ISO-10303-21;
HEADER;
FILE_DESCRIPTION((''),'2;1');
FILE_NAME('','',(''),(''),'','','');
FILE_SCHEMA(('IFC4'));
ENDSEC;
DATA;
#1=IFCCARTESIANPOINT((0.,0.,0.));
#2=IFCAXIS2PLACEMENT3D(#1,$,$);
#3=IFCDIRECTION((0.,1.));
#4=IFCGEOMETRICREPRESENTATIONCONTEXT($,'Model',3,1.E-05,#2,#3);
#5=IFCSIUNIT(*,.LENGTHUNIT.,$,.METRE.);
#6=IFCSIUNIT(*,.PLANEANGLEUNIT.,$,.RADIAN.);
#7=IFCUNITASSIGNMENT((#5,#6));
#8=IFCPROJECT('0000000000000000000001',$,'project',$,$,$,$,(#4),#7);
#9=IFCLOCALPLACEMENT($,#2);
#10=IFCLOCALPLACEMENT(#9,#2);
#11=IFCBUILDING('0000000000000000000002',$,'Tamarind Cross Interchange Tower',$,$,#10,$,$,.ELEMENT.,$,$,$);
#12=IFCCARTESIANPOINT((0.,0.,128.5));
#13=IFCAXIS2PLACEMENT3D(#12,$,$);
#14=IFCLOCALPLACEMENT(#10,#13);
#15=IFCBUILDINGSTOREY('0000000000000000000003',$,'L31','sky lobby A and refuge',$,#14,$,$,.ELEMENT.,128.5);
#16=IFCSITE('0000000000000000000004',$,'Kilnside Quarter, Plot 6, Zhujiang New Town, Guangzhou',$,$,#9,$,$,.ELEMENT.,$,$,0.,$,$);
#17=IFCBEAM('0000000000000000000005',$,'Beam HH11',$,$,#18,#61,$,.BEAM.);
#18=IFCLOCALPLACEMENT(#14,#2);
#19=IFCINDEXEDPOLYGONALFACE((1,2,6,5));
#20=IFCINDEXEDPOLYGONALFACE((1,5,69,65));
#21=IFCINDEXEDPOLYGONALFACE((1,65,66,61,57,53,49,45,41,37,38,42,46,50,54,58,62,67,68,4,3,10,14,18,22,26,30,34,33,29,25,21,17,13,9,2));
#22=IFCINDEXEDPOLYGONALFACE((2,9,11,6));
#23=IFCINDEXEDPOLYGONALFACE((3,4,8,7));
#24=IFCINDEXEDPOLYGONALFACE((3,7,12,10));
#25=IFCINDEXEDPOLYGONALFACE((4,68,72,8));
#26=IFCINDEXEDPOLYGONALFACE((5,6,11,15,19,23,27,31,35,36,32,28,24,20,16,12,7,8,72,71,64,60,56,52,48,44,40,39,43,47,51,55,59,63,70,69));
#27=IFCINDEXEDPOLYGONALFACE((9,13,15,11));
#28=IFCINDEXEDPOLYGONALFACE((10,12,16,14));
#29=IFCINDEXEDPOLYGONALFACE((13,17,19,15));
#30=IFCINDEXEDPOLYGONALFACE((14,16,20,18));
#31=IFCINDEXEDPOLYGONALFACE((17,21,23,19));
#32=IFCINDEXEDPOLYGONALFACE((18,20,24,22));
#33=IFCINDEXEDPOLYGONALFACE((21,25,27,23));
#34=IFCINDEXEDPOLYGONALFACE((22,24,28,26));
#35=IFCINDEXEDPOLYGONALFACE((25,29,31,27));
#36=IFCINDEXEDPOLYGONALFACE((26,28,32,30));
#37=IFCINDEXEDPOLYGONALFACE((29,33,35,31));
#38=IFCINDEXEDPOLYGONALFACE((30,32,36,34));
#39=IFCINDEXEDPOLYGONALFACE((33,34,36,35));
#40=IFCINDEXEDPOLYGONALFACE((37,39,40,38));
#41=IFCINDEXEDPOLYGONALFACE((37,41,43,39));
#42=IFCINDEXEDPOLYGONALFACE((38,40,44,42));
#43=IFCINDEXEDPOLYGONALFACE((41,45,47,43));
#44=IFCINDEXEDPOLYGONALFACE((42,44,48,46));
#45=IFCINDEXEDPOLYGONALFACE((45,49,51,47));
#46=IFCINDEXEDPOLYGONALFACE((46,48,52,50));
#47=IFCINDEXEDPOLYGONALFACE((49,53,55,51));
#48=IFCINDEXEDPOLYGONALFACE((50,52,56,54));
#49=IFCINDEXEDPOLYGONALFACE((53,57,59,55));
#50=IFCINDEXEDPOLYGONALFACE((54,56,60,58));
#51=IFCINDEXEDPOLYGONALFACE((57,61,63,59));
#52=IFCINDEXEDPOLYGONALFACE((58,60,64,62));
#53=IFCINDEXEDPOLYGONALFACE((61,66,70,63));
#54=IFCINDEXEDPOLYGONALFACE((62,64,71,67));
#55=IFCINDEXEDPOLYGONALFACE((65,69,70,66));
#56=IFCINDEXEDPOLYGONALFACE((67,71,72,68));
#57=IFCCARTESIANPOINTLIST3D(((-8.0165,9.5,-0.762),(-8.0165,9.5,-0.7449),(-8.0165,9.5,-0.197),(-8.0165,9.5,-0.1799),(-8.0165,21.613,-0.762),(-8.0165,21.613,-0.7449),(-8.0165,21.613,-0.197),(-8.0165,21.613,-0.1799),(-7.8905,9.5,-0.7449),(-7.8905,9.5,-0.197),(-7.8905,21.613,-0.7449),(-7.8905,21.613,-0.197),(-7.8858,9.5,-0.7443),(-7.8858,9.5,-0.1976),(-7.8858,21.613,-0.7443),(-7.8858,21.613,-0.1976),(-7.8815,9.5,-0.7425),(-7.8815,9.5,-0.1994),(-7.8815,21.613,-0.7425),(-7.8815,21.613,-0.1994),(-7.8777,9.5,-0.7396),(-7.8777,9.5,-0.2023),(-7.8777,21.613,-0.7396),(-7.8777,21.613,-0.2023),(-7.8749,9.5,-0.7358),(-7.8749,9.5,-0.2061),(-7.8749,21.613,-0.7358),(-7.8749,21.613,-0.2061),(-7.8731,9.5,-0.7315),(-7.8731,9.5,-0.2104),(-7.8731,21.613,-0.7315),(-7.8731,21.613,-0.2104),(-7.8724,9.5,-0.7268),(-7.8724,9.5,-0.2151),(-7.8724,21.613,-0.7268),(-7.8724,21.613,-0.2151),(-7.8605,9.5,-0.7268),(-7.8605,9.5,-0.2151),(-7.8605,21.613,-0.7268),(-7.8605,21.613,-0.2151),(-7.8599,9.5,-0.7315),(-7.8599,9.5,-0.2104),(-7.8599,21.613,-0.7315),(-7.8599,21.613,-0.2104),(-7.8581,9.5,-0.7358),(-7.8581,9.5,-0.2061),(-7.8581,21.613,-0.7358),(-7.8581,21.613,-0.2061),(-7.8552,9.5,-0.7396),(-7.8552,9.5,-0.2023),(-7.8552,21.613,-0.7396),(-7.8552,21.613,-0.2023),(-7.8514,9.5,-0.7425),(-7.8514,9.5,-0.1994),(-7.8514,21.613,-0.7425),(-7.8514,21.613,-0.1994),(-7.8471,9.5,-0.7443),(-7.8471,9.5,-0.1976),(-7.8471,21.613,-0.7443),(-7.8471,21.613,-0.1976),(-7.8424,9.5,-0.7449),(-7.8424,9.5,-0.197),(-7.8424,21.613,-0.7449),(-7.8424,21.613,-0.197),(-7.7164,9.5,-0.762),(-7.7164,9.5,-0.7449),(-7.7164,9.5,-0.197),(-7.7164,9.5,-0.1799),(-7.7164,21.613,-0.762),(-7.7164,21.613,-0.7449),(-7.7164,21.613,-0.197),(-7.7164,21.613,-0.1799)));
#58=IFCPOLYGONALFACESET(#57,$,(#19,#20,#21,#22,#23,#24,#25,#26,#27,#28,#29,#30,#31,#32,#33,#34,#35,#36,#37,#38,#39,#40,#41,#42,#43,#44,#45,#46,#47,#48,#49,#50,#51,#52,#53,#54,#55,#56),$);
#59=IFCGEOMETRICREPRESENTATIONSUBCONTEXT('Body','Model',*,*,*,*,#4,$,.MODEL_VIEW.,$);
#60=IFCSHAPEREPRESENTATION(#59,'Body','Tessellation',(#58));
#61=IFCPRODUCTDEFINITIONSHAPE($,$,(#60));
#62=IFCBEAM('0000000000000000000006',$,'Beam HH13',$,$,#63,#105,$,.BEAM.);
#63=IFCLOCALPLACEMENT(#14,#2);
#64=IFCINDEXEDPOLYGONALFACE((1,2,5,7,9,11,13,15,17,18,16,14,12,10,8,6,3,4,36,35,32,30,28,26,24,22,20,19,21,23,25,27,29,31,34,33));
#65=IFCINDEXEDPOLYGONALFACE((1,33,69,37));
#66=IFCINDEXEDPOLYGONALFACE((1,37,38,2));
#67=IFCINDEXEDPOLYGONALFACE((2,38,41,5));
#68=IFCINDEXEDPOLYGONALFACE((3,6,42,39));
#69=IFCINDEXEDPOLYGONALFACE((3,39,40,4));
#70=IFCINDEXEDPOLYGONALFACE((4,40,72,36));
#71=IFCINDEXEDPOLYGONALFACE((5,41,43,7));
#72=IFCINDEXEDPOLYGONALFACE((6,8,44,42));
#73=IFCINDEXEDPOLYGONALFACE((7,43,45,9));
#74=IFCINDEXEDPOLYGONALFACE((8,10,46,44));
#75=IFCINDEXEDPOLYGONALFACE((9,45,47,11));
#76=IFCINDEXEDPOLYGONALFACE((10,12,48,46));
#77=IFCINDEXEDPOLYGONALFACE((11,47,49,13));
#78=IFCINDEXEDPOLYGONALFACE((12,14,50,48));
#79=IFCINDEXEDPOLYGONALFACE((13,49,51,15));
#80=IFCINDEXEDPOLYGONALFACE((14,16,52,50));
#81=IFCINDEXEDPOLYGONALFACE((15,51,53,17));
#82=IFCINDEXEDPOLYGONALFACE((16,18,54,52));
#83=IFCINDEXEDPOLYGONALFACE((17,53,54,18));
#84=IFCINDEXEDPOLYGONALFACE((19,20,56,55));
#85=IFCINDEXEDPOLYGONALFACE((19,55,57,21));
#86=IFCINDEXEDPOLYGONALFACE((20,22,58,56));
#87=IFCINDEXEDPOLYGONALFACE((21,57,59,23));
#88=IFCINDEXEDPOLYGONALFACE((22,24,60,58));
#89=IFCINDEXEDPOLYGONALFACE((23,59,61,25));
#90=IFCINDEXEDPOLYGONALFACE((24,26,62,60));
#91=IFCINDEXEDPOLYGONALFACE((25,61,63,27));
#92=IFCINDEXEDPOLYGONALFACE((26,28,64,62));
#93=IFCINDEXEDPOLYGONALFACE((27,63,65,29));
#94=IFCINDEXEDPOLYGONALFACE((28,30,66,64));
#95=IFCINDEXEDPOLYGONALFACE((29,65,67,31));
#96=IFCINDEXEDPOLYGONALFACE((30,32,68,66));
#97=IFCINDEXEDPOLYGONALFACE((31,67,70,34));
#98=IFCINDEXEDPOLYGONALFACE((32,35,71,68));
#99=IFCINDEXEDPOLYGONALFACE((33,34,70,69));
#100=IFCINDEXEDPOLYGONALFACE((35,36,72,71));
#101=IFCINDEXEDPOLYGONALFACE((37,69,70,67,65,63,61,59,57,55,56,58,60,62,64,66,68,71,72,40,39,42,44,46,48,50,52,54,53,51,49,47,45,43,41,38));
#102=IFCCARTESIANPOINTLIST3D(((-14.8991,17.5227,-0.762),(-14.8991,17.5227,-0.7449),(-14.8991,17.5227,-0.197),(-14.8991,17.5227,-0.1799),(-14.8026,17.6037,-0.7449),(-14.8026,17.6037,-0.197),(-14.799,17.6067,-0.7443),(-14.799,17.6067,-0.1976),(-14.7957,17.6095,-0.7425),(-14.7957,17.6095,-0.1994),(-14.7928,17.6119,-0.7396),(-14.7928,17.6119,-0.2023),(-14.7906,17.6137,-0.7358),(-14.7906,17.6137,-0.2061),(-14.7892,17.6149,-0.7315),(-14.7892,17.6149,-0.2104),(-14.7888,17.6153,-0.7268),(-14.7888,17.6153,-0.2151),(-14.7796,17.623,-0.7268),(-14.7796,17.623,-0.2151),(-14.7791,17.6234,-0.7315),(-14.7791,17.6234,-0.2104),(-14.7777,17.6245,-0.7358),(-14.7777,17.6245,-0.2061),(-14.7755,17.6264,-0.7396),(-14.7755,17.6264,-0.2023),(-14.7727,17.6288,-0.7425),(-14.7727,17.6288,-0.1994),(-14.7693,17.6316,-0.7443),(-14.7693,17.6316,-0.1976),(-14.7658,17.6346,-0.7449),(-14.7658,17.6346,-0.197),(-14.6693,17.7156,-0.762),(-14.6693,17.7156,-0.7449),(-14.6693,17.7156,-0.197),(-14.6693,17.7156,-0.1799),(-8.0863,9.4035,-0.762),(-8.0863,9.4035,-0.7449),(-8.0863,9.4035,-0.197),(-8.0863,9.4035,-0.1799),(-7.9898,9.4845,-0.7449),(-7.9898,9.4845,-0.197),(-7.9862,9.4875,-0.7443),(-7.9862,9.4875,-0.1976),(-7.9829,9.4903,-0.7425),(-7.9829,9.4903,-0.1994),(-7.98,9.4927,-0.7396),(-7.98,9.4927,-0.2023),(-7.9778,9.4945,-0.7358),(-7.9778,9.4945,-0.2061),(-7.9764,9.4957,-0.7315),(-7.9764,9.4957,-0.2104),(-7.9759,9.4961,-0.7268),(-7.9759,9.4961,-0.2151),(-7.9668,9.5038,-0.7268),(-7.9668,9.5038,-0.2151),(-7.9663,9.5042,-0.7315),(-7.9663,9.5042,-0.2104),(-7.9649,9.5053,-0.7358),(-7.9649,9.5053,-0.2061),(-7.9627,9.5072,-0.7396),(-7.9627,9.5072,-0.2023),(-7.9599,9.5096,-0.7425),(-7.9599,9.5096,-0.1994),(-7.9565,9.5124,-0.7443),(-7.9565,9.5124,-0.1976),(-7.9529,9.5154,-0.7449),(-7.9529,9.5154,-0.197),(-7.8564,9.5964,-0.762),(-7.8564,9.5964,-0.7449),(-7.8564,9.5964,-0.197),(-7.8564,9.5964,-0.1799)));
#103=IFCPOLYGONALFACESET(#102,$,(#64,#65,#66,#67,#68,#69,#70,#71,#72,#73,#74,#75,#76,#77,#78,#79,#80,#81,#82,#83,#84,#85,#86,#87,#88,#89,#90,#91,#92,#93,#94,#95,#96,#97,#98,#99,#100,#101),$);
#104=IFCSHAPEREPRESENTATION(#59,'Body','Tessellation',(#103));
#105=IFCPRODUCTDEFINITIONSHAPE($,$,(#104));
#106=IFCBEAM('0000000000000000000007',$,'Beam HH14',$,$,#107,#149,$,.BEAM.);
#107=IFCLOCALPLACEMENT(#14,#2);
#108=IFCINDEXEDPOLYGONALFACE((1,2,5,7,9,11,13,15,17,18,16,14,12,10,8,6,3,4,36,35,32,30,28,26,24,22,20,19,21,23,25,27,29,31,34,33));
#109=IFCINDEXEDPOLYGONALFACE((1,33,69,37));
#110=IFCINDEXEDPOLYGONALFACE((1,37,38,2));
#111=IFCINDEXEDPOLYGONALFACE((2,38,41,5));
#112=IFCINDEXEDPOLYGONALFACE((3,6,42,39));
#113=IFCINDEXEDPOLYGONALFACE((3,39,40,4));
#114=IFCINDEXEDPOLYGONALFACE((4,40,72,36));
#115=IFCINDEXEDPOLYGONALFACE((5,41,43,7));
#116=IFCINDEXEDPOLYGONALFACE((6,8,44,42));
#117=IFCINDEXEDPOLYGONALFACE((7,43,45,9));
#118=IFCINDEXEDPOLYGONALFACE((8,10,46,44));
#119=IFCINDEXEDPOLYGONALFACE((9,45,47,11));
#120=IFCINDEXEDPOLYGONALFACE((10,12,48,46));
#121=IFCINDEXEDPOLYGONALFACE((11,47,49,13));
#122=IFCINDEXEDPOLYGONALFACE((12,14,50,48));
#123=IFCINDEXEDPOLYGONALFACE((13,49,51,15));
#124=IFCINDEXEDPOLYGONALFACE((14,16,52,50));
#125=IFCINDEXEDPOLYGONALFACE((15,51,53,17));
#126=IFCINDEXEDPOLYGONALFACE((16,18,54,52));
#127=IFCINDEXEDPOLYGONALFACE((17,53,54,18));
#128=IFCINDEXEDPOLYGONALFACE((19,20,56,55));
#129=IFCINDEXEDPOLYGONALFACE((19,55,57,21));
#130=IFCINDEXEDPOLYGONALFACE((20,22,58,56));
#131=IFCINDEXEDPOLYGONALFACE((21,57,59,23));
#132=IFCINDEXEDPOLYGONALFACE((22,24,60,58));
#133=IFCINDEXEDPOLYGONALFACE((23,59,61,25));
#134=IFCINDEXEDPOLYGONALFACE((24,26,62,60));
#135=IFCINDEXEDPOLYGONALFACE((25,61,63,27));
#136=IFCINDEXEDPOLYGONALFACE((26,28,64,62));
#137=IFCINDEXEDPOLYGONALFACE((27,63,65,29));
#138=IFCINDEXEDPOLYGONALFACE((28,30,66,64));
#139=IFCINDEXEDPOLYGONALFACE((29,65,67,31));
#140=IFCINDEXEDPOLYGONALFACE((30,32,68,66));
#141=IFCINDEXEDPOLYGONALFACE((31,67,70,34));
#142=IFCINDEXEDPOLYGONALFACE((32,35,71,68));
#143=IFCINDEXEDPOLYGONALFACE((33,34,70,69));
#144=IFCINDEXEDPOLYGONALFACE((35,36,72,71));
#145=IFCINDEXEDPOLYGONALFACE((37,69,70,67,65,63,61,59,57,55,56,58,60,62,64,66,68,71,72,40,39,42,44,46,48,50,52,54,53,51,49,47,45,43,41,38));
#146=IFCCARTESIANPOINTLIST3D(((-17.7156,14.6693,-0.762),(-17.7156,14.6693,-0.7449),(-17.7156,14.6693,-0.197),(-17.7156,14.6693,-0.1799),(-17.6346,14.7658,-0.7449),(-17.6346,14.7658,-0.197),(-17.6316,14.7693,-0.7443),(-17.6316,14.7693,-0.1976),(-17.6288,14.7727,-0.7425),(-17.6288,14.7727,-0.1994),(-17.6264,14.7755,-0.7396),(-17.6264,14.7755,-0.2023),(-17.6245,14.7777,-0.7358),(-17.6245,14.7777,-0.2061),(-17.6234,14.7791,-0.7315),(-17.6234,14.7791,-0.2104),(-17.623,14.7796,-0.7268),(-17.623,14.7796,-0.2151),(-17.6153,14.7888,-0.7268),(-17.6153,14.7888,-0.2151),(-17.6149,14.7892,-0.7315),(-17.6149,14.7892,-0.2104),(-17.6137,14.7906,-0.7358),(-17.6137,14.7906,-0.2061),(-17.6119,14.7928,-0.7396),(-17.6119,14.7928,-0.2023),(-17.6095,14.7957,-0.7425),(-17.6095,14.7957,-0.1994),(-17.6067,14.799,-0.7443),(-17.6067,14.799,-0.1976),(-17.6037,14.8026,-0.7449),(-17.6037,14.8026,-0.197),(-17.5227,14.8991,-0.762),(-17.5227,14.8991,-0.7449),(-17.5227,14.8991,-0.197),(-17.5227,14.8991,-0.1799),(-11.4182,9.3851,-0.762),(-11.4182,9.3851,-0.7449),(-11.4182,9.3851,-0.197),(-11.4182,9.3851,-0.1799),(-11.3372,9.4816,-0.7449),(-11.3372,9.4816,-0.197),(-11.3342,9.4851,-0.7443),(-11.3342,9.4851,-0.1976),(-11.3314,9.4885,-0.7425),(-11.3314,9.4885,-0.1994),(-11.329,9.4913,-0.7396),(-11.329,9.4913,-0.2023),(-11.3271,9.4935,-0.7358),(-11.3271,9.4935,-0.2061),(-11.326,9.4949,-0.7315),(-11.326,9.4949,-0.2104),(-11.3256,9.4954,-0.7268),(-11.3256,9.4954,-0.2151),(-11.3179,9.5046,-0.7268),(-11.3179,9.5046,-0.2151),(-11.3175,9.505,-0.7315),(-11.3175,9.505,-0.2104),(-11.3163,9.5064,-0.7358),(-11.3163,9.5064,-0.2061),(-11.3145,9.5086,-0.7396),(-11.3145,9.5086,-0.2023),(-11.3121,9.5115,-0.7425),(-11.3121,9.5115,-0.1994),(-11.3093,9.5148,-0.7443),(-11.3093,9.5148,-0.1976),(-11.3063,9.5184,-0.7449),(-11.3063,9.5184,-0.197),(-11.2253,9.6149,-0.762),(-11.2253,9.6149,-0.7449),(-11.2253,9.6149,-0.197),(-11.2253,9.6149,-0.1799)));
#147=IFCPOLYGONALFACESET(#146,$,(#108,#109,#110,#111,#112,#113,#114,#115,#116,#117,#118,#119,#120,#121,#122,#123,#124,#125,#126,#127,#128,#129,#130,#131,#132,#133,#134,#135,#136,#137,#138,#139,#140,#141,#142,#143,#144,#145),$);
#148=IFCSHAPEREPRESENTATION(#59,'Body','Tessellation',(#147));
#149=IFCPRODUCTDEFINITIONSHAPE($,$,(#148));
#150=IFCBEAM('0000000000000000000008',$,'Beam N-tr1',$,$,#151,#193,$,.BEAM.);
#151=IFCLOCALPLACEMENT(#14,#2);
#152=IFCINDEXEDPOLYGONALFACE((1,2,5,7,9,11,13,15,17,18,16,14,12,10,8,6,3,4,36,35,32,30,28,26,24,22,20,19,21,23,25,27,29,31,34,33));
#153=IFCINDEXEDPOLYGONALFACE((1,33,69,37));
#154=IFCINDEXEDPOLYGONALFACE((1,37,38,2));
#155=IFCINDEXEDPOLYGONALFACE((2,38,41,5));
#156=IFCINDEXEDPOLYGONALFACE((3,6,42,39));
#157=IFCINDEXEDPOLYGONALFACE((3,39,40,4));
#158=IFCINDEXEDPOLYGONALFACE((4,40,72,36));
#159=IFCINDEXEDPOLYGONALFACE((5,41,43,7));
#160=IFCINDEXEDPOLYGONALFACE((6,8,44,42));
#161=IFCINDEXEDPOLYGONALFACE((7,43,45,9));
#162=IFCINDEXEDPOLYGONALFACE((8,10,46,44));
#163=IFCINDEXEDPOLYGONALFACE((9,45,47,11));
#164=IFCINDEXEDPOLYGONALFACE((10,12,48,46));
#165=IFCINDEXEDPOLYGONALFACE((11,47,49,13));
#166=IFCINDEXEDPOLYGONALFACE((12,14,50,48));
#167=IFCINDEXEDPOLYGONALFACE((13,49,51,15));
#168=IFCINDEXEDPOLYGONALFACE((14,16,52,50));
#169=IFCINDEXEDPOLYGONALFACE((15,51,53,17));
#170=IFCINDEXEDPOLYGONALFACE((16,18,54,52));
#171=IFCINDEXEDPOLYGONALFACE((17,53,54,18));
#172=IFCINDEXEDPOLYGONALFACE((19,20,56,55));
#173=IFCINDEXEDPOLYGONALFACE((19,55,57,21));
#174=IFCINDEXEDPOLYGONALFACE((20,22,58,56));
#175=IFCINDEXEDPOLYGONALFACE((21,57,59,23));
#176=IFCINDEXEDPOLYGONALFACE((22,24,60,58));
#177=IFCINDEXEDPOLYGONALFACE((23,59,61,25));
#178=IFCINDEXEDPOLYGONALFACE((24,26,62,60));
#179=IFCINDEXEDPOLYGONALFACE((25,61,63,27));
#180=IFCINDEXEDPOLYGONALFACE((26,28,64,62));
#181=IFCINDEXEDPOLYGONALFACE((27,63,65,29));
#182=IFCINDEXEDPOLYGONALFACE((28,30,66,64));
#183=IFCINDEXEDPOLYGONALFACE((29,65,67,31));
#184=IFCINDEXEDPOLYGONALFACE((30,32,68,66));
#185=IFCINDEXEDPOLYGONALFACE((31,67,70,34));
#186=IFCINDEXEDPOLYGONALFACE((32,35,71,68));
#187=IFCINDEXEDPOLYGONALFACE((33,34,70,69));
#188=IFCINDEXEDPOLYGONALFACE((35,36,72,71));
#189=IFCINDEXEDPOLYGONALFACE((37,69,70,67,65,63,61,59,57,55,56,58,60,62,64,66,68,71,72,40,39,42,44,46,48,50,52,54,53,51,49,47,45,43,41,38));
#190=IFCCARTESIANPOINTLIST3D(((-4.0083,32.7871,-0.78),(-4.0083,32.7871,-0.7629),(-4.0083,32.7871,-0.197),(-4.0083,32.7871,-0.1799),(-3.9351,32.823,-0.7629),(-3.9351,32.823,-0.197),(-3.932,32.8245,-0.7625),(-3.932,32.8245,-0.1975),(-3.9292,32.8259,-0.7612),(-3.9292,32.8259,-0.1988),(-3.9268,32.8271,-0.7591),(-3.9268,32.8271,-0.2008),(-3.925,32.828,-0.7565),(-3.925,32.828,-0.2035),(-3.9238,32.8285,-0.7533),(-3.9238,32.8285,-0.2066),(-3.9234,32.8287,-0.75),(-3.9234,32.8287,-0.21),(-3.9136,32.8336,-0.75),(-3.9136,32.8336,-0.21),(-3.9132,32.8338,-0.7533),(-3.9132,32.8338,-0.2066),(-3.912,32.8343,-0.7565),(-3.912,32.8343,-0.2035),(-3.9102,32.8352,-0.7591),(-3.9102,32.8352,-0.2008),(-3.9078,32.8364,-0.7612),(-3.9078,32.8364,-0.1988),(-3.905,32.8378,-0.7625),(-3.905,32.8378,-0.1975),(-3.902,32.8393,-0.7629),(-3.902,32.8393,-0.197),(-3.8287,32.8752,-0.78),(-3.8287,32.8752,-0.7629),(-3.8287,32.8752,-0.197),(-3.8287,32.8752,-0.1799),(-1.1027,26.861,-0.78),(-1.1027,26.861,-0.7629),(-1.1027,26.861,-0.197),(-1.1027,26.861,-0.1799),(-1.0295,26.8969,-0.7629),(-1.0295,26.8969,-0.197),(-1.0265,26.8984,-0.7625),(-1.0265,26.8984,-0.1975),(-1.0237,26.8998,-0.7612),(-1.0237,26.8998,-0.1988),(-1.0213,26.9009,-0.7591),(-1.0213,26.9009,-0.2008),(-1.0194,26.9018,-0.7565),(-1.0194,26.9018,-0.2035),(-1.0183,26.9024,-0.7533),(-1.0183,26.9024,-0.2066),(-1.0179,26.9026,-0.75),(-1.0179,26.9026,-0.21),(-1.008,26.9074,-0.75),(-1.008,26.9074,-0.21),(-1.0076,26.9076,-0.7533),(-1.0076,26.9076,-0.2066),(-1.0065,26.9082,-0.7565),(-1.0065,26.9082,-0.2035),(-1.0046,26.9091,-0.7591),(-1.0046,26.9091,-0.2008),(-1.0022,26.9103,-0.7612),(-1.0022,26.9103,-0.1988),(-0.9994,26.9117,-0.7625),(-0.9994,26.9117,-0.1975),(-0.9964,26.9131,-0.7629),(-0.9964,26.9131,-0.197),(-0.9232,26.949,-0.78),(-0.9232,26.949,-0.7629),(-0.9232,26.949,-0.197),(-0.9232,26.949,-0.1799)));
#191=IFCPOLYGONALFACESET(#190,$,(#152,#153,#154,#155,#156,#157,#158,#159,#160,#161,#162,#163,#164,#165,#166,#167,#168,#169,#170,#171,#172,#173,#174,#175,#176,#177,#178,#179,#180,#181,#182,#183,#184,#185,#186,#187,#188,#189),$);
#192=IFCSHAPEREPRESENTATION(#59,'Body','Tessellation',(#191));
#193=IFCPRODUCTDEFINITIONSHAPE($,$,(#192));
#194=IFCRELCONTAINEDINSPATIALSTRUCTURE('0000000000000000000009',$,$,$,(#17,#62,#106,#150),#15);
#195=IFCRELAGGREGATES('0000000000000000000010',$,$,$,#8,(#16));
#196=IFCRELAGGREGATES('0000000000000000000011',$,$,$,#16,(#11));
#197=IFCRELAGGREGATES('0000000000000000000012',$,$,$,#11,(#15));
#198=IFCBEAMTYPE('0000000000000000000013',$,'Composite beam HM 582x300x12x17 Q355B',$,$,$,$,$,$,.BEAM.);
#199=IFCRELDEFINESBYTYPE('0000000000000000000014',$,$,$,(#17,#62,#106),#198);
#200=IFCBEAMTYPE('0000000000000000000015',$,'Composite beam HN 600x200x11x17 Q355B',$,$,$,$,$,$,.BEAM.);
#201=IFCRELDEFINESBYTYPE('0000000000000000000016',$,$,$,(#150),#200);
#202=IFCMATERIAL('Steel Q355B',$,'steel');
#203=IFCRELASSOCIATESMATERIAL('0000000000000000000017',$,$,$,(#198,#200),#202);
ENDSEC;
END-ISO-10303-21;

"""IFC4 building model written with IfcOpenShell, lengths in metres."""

from ifc_helpers import new_model, si_unit, direction, frame, origin, origin_2d, place, context, subcontext, project, spatial, i_section, extrude, material, material_profile, profile_set, type_object, element, save


model = new_model("IFC4")

# Units and contexts
model_context = context("Model", 3, precision=1e-05, world=origin(), true_north=direction((0.0, 1.0)))
body_context = subcontext(model_context, "Body", "Model", "MODEL_VIEW")
ifc_project = project(units=[si_unit("LENGTHUNIT", "METRE"), si_unit("PLANEANGLEUNIT", "RADIAN")], contexts=[model_context])

# Site, building, storey
site_placement = place(None, origin())
site = spatial("IfcSite", under=ifc_project, at=site_placement, Name="Kilnside Quarter, Plot 6, Zhujiang New Town, Guangzhou", CompositionType="ELEMENT", RefElevation=0.0)
building_placement = place(site_placement, origin())
building = spatial("IfcBuilding", under=site, at=building_placement, Name="Tamarind Cross Interchange Tower", CompositionType="ELEMENT")
storey_placement = place(building_placement, frame((0.0, 0.0, 128.5)))
storey = spatial("IfcBuildingStorey", under=building, at=storey_placement, Name="L31", Description="sky lobby A and refuge", CompositionType="ELEMENT", Elevation=128.5)

# Beams
ifc_material_1 = material(Name="Steel Q355B", Category="steel")
ifc_material_profile_1 = material_profile(ifc_material_1, i_section(OverallWidth=0.3, OverallDepth=0.582, WebThickness=0.012, FlangeThickness=0.0171, FilletRadius=0.0181, at=origin_2d()), Name="HM 582x300x12x17")
ifc_profile_set_1 = profile_set([ifc_material_profile_1], Name="Steel Q355B")
beam_type_1 = type_object("IfcBeamType", Name="Composite beam HM 582x300x12x17 Q355B", PredefinedType="BEAM", material=ifc_profile_set_1)
beam_1_placement = place(storey_placement, frame((-7.8665, 21.613, -0.4709), z_axis=(0.0, -1.0, 0.0), x_axis=(1.0, 0.0, 0.0)))
element("IfcBeam", 1, at=beam_1_placement, inside=storey, type_object=beam_type_1, Name="Beam HH11", PredefinedType="BEAM", context=body_context, shape_type="SweptSolid", body=[
    extrude(i_section(OverallWidth=0.3, OverallDepth=0.582, WebThickness=0.012, FlangeThickness=0.0171, FilletRadius=0.0181, at=origin_2d()), origin(), (0.0, 0.0, 1.0), 12.113),
])
beam_2_placement = place(storey_placement, frame((-14.7842, 17.6191, -0.4709), z_axis=(0.642786, -0.766046, 0.0), x_axis=(0.766046, 0.642786, 0.0)))
element("IfcBeam", 2, at=beam_2_placement, inside=storey, type_object=beam_type_1, Name="Beam HH13", PredefinedType="BEAM", context=body_context, shape_type="SweptSolid", body=[
    extrude(i_section(OverallWidth=0.3, OverallDepth=0.582, WebThickness=0.012, FlangeThickness=0.0171, FilletRadius=0.0181, at=origin_2d()), origin(), (0.0, 0.0, 1.0), 10.5989),
])
beam_3_placement = place(storey_placement, frame((-17.6191, 14.7842, -0.4709), z_axis=(0.766041, -0.642792, 0.0), x_axis=(0.642792, 0.766041, 0.0)))
element("IfcBeam", 3, at=beam_3_placement, inside=storey, type_object=beam_type_1, Name="Beam HH14", PredefinedType="BEAM", context=body_context, shape_type="SweptSolid", body=[
    extrude(i_section(OverallWidth=0.3, OverallDepth=0.582, WebThickness=0.012, FlangeThickness=0.0171, FilletRadius=0.0181, at=origin_2d()), origin(), (0.0, 0.0, 1.0), 8.2207),
])
ifc_material_profile_2 = material_profile(ifc_material_1, i_section(OverallWidth=0.2, OverallDepth=0.6001, WebThickness=0.011, FlangeThickness=0.0171, FilletRadius=0.0129, at=origin_2d()), Name="HN 600x200x11x17")
ifc_profile_set_2 = profile_set([ifc_material_profile_2], Name="Steel Q355B")
beam_type_2 = type_object("IfcBeamType", Name="Composite beam HN 600x200x11x17 Q355B", PredefinedType="BEAM", material=ifc_profile_set_2)
for number, where, z_axis, x_axis, name in (
    (4, (-1.0129, 26.905, -0.48), (-0.440231, 0.897885, 0.0), (-0.897885, -0.440231, 0.0), "Beam N-tr1"),
):
    element("IfcBeam", number, at=place(storey_placement, frame(where, z_axis=z_axis, x_axis=x_axis)), inside=storey, type_object=beam_type_2, Name=name, PredefinedType="BEAM", context=body_context, shape_type="SweptSolid", body=[
        extrude(i_section(OverallWidth=0.2, OverallDepth=0.6001, WebThickness=0.011, FlangeThickness=0.0171, FilletRadius=0.0129, at=origin_2d()), origin(), (0.0, 0.0, 1.0), 6.6001),
    ])

save(model, "model.ifc")
